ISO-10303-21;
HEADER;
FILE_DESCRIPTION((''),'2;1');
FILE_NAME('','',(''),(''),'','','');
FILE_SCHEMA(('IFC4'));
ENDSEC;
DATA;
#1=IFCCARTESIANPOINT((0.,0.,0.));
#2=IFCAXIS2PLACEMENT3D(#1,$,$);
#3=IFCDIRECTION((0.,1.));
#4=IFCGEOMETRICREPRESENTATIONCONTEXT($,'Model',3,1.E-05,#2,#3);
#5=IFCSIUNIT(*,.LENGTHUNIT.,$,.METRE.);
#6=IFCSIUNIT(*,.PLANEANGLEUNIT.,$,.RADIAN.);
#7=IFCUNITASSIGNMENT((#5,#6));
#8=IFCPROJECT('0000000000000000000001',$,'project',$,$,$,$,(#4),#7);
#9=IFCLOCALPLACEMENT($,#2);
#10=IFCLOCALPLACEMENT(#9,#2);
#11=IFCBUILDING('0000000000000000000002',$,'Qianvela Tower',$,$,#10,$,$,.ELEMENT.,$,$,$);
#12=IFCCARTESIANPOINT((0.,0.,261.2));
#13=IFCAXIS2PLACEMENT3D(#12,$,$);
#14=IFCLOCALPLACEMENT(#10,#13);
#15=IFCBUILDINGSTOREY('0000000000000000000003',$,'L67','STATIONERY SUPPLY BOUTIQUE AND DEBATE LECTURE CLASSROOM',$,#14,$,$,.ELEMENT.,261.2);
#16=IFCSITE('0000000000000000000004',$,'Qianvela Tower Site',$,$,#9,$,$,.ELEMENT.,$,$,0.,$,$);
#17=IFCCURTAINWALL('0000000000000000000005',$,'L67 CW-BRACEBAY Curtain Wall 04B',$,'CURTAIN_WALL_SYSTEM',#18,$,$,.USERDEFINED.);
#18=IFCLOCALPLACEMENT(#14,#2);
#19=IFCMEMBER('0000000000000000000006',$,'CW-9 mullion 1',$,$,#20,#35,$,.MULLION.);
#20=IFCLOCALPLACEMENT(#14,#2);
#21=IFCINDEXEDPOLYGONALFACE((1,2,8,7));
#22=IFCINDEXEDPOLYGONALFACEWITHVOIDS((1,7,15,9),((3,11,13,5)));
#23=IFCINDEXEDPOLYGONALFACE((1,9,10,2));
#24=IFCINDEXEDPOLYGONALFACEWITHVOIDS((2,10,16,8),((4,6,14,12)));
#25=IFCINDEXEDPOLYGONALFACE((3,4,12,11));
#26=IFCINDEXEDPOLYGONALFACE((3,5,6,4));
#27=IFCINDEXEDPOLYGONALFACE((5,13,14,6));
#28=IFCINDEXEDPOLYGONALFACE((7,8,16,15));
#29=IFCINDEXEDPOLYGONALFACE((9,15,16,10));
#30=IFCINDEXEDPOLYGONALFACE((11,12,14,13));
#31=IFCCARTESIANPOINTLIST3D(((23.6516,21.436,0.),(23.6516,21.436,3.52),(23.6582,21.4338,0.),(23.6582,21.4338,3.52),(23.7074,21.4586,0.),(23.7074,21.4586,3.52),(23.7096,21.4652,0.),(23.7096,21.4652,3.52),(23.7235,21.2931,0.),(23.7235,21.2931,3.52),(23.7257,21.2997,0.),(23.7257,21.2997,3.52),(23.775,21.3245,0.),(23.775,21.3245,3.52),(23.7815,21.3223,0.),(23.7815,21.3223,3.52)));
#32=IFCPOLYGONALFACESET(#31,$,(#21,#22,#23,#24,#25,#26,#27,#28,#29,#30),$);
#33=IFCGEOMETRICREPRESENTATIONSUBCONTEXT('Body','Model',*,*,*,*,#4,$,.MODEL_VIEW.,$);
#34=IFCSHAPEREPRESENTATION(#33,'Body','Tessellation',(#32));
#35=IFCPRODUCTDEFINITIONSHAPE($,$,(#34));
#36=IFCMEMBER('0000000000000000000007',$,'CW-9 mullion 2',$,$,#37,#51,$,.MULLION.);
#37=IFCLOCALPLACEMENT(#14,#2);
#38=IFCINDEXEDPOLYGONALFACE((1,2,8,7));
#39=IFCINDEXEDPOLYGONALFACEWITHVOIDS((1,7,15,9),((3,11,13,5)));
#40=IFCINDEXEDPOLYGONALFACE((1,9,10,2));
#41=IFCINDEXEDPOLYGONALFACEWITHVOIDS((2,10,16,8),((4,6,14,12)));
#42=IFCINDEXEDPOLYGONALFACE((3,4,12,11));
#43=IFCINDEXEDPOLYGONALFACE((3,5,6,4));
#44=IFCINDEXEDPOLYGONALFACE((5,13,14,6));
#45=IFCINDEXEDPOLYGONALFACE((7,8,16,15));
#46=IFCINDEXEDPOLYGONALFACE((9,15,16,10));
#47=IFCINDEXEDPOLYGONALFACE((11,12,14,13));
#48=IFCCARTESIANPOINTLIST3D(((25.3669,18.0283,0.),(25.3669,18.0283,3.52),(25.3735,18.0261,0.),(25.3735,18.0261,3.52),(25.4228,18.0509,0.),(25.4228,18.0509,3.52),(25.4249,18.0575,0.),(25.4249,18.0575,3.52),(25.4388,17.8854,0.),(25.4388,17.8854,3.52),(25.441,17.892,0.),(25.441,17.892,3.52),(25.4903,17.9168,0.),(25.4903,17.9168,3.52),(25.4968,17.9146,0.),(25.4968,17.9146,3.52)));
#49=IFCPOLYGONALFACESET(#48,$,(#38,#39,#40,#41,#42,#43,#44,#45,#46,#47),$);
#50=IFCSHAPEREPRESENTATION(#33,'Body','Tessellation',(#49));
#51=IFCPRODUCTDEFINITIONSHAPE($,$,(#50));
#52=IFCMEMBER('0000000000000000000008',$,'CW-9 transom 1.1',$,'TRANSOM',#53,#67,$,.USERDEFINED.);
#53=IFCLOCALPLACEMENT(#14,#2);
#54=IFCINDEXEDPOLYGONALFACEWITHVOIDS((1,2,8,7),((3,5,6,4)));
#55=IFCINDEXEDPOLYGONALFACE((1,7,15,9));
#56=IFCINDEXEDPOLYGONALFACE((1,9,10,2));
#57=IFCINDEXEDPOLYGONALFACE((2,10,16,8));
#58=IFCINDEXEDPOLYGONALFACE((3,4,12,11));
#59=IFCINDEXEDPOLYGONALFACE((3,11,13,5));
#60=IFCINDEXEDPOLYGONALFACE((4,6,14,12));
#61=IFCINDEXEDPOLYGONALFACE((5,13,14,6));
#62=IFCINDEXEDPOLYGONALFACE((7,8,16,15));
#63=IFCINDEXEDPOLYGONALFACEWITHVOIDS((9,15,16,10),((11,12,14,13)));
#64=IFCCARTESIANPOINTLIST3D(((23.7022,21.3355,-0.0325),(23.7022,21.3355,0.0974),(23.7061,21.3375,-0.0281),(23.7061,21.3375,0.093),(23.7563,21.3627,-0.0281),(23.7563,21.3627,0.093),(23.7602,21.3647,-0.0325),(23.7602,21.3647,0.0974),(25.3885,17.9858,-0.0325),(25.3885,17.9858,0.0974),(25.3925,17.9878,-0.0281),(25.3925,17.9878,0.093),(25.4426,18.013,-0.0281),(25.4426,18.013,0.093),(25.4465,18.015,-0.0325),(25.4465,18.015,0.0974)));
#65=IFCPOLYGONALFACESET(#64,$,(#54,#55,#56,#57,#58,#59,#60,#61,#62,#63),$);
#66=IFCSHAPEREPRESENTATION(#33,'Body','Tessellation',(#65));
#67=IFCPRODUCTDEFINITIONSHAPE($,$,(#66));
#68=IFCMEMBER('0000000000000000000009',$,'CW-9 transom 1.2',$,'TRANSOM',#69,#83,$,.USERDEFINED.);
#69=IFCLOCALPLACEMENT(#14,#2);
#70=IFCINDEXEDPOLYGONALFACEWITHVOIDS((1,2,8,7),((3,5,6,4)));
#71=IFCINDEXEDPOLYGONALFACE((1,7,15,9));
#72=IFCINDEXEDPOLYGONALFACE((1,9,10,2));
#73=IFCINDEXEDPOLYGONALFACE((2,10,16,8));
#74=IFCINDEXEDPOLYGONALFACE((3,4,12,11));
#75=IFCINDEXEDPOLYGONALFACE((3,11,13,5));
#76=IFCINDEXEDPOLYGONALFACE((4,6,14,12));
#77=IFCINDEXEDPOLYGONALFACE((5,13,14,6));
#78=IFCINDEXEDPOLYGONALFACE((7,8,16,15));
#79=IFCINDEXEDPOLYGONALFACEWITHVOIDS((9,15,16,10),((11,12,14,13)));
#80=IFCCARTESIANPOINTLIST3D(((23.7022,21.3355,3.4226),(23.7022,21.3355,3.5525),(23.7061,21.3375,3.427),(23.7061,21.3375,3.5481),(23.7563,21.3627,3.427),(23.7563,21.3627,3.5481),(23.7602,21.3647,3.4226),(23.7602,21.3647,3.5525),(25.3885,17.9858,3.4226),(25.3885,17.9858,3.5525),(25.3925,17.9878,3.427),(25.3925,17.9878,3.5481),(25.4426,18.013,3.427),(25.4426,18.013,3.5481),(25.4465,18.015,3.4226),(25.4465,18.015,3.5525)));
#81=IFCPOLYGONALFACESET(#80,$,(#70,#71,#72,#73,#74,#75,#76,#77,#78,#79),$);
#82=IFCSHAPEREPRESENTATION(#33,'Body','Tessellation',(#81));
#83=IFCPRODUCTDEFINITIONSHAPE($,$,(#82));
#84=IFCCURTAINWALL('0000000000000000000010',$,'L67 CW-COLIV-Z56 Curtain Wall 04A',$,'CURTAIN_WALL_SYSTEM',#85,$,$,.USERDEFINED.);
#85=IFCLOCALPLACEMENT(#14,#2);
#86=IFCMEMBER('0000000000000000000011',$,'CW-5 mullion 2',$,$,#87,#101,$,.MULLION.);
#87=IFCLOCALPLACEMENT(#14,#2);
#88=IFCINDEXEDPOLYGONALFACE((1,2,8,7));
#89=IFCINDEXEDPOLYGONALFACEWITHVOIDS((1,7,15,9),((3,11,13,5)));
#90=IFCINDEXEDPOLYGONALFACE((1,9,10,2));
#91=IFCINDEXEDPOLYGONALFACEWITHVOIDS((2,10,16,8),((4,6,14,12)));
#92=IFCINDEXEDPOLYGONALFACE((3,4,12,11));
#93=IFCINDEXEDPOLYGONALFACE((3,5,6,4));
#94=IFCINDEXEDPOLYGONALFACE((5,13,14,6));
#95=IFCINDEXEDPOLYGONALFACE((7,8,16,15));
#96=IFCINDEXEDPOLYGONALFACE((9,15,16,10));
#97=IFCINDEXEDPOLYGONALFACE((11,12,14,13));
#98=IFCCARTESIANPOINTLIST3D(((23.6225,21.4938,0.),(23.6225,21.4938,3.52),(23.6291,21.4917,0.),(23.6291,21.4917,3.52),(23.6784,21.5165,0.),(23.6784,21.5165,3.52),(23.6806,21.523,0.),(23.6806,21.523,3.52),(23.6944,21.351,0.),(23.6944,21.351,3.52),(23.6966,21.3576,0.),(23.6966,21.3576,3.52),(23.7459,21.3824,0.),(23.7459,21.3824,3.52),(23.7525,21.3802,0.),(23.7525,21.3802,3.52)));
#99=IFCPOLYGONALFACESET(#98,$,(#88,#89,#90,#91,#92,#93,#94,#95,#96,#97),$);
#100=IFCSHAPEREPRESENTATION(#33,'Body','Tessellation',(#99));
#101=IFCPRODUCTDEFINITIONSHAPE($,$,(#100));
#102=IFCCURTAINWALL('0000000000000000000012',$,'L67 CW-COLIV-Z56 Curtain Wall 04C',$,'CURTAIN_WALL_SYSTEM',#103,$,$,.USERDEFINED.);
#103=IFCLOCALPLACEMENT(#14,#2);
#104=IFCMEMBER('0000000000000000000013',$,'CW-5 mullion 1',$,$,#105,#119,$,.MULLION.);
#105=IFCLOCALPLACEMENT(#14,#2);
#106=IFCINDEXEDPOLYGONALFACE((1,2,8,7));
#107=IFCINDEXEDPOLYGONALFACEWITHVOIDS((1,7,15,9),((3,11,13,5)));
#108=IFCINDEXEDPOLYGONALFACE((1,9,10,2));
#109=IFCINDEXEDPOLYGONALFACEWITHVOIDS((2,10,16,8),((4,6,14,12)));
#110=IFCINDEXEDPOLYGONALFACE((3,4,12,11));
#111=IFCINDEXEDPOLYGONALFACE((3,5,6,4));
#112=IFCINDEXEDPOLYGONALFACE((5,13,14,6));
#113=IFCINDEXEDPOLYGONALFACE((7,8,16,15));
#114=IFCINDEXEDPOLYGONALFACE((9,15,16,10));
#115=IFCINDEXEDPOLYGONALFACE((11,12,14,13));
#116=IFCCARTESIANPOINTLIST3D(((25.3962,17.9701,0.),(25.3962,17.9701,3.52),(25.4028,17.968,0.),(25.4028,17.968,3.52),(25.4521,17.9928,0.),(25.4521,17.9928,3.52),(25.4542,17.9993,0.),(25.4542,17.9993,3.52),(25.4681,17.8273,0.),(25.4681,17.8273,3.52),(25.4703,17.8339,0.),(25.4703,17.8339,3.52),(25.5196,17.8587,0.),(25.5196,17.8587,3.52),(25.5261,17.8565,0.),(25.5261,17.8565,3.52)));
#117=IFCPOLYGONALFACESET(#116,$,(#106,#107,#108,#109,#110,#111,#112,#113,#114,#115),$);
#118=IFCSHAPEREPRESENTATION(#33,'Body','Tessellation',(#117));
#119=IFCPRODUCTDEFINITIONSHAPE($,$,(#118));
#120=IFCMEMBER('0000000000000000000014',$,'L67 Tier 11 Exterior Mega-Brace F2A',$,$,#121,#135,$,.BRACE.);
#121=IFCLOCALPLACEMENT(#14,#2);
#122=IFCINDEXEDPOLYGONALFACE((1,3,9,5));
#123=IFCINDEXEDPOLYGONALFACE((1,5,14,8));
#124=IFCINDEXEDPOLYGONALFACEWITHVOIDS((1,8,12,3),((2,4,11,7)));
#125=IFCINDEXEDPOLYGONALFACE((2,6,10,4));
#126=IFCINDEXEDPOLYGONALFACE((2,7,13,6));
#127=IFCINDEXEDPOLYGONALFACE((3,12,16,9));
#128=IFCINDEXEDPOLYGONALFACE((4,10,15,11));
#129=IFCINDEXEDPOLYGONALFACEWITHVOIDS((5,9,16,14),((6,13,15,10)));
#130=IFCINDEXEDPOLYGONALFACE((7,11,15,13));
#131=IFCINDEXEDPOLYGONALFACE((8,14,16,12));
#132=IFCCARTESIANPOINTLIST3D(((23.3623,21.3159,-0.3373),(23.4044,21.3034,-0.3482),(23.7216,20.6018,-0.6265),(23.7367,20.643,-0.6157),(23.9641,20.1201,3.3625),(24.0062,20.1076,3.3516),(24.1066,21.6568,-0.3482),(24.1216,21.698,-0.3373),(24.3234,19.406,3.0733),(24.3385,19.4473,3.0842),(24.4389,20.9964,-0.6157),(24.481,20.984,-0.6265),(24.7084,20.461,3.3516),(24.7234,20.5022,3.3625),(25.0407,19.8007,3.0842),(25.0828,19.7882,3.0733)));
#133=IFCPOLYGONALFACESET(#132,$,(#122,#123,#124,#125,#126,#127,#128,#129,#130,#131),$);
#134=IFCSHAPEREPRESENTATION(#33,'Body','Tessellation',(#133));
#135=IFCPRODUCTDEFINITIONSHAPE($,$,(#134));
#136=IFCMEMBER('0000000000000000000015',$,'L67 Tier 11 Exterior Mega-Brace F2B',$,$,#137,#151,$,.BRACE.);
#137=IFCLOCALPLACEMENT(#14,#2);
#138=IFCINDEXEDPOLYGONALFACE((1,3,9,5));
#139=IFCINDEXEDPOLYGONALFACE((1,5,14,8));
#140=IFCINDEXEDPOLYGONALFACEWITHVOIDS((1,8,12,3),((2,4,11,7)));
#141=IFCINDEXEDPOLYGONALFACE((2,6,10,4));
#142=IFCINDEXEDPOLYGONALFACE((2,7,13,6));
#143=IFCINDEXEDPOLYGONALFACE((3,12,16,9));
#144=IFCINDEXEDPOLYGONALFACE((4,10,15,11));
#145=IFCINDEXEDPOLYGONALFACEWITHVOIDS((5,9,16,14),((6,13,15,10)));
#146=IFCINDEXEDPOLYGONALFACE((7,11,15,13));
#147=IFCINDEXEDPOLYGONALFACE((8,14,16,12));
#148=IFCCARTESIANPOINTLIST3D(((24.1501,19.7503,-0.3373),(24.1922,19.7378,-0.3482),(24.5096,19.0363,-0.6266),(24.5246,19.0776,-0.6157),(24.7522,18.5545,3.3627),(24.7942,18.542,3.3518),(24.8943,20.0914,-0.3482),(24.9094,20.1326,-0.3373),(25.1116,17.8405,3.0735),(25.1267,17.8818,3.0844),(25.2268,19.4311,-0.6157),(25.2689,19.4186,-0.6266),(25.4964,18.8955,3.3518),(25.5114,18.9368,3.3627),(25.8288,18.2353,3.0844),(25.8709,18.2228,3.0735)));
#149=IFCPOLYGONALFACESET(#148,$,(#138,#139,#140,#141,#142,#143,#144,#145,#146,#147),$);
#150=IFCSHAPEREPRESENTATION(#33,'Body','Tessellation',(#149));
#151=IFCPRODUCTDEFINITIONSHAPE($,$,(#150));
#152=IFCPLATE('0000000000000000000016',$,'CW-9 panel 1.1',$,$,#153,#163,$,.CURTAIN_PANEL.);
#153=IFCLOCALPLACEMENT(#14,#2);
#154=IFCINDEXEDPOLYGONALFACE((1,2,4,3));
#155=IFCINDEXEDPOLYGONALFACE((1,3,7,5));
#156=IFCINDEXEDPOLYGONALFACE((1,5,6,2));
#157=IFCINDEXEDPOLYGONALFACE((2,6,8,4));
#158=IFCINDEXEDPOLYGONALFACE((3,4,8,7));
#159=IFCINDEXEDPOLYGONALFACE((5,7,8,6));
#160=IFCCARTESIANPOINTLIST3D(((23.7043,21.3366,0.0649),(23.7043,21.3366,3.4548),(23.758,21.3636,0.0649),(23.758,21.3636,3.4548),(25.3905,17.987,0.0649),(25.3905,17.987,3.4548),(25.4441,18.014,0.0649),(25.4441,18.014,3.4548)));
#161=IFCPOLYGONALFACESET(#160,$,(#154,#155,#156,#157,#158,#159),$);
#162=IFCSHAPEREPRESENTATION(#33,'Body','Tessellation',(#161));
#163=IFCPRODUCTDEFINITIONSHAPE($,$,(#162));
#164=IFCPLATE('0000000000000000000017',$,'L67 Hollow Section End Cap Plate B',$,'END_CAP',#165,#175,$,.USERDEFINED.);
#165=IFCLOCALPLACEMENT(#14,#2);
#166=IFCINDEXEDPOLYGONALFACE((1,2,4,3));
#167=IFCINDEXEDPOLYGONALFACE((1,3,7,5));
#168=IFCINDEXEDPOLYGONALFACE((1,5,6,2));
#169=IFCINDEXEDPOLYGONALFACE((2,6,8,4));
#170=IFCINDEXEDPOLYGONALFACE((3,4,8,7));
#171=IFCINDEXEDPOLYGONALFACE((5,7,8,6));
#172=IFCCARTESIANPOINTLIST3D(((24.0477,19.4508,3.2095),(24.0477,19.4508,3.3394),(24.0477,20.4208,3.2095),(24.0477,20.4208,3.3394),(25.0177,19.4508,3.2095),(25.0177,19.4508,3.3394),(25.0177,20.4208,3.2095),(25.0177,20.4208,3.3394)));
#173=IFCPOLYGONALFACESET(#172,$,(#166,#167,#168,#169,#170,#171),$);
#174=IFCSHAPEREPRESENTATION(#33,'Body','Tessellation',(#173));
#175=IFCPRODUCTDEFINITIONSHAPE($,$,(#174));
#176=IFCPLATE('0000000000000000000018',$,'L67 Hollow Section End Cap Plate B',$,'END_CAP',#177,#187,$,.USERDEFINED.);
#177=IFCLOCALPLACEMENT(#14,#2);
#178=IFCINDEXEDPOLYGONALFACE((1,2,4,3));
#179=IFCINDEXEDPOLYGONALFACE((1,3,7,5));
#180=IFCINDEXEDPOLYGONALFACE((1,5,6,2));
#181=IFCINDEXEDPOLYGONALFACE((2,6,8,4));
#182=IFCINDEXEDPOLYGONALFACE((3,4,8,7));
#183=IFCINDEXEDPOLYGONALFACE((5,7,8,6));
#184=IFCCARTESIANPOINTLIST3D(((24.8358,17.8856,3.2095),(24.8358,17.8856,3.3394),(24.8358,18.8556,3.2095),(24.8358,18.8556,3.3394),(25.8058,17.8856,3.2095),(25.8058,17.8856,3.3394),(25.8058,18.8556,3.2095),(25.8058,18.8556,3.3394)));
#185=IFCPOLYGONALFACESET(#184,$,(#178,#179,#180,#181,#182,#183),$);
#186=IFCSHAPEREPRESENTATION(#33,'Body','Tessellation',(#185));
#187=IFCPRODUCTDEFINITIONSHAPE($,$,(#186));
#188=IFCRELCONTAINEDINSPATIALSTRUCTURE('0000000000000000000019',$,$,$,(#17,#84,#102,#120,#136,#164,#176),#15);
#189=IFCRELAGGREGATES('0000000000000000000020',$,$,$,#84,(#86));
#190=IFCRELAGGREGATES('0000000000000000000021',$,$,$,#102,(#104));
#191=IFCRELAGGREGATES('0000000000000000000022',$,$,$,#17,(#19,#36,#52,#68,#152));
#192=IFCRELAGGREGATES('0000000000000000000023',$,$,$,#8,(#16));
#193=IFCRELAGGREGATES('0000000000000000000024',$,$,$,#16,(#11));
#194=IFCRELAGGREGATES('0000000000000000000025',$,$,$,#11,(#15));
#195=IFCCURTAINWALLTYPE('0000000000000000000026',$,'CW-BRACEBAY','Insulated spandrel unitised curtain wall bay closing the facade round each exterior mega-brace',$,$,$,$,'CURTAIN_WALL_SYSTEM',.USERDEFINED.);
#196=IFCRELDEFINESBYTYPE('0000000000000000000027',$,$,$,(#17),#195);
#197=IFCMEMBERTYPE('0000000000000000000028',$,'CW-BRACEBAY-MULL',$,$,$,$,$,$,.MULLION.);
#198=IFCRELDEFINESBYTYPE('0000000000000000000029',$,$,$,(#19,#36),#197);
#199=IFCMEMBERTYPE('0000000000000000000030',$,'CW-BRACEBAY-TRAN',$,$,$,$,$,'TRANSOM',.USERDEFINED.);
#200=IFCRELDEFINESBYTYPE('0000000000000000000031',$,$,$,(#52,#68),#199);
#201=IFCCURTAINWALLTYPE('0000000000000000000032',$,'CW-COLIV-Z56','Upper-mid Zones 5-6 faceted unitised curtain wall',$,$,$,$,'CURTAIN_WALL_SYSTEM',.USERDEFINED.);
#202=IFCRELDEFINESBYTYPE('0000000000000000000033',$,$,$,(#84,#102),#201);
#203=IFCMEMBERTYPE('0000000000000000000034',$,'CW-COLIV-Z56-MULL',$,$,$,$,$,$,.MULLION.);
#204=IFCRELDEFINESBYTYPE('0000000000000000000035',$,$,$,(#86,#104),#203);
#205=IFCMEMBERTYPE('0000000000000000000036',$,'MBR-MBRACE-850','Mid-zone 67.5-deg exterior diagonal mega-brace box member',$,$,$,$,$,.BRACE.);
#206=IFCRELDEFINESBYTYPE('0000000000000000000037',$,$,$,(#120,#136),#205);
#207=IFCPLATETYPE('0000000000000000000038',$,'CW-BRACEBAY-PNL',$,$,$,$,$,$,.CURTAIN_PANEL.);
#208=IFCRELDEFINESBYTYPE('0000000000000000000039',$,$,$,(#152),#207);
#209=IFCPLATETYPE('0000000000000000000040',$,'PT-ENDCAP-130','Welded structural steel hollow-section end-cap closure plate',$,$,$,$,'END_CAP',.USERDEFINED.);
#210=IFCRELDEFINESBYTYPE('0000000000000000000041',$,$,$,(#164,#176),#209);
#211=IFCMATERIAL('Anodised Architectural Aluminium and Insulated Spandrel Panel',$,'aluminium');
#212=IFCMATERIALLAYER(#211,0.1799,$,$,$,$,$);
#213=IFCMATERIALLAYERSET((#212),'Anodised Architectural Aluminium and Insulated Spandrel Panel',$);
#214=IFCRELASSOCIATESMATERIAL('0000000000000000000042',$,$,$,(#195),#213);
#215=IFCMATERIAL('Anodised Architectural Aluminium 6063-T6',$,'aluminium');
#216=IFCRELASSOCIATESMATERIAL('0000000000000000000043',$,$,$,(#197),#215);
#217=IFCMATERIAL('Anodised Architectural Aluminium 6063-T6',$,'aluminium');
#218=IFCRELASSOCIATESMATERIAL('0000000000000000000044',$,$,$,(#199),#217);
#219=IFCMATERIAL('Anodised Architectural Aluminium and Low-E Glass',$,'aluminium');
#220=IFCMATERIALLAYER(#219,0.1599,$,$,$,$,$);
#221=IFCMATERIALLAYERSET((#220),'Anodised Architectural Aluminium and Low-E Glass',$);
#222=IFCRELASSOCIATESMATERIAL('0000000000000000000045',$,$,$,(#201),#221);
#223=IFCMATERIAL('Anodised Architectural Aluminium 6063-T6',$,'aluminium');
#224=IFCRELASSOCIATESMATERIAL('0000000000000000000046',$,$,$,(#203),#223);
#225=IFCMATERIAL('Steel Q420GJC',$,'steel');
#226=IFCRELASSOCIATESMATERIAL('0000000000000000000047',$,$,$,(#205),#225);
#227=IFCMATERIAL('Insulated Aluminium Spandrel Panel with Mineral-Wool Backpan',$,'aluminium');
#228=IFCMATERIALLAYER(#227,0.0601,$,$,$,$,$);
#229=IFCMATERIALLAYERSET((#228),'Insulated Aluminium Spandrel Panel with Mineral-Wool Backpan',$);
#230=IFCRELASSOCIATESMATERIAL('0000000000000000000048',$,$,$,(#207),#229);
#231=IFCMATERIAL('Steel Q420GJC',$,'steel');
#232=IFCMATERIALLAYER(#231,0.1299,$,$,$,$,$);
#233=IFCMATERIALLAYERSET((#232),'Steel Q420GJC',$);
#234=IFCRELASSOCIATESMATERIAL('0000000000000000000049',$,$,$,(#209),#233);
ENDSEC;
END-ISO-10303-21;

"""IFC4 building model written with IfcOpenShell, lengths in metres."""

from ifc_helpers import new_model, si_unit, direction, frame, origin, origin_2d, place, context, subcontext, project, spatial, rectangle, hollow_rectangle, extrude, material, layer, layer_set, material_profile, profile_set, type_object, element, aggregate, save


model = new_model("IFC4")

# Units and contexts
model_context = context("Model", 3, precision=1e-05, world=origin(), true_north=direction((0.0, 1.0)))
body_context = subcontext(model_context, "Body", "Model", "MODEL_VIEW")
ifc_project = project(units=[si_unit("LENGTHUNIT", "METRE"), si_unit("PLANEANGLEUNIT", "RADIAN")], contexts=[model_context])

# Site, building, storey
site_placement = place(None, origin())
site = spatial("IfcSite", under=ifc_project, at=site_placement, Name="Qianvela Tower Site", CompositionType="ELEMENT", RefElevation=0.0)
building_placement = place(site_placement, origin())
building = spatial("IfcBuilding", under=site, at=building_placement, Name="Qianvela Tower", CompositionType="ELEMENT")
storey_placement = place(building_placement, frame((0.0, 0.0, 261.2)))
storey = spatial("IfcBuildingStorey", under=building, at=storey_placement, Name="L67", Description="STATIONERY SUPPLY BOUTIQUE AND DEBATE LECTURE CLASSROOM", CompositionType="ELEMENT", Elevation=261.2)

# Curtain wall, members
ifc_material_1 = material(Name="Anodised Architectural Aluminium and Insulated Spandrel Panel", Category="aluminium")
ifc_layer_1 = layer(ifc_material_1, 0.1799)
ifc_layer_set_1 = layer_set([ifc_layer_1], Name="Anodised Architectural Aluminium and Insulated Spandrel Panel")
curtain_wall_type_1 = type_object("IfcCurtainWallType", Name="CW-BRACEBAY", Description="Insulated spandrel unitised curtain wall bay closing the facade round each exterior mega-brace", ElementType="CURTAIN_WALL_SYSTEM", PredefinedType="USERDEFINED", material=ifc_layer_set_1)
curtain_wall_1_placement = place(storey_placement, origin())
curtain_wall_1 = element("IfcCurtainWall", 1, at=curtain_wall_1_placement, inside=storey, type_object=curtain_wall_type_1, Name="L67 CW-BRACEBAY Curtain Wall 04B", ObjectType="CURTAIN_WALL_SYSTEM", PredefinedType="USERDEFINED")
ifc_material_2 = material(Name="Anodised Architectural Aluminium 6063-T6", Category="aluminium")
ifc_material_profile_1 = material_profile(ifc_material_2, hollow_rectangle(XDim=0.0649, YDim=0.1599, WallThickness=0.0049, at=origin_2d()), Name="ALU-MULL-65x160")
ifc_profile_set_1 = profile_set([ifc_material_profile_1], Name="Anodised Architectural Aluminium 6063-T6")
member_type_1 = type_object("IfcMemberType", Name="CW-BRACEBAY-MULL", PredefinedType="MULLION", material=ifc_profile_set_1)
member_1_placement = place(storey_placement, frame((23.7166, 21.3792, 0.0), z_axis=(0.0, 0.0, 1.0), x_axis=(0.893213, 0.449635, 0.0)))
member_1 = element("IfcMember", 2, at=member_1_placement, type_object=member_type_1, Name="CW-9 mullion 1", PredefinedType="MULLION", context=body_context, shape_type="SweptSolid", body=[
    extrude(hollow_rectangle(XDim=0.0649, YDim=0.1599, WallThickness=0.0049, at=origin_2d()), origin(), (0.0, 0.0, 1.0), 3.52),
])
member_2_placement = place(storey_placement, frame((25.4319, 17.9714, 0.0), z_axis=(0.0, 0.0, 1.0), x_axis=(0.893213, 0.449635, 0.0)))
member_2 = element("IfcMember", 3, at=member_2_placement, type_object=member_type_1, Name="CW-9 mullion 2", PredefinedType="MULLION", context=body_context, shape_type="SweptSolid", body=[
    extrude(hollow_rectangle(XDim=0.0649, YDim=0.1599, WallThickness=0.0049, at=origin_2d()), origin(), (0.0, 0.0, 1.0), 3.52),
])
ifc_material_3 = material(Name="Anodised Architectural Aluminium 6063-T6", Category="aluminium")
ifc_material_profile_2 = material_profile(ifc_material_3, hollow_rectangle(XDim=0.0649, YDim=0.1299, WallThickness=0.0044, at=origin_2d()), Name="ALU-TRAN-65x130")
ifc_profile_set_2 = profile_set([ifc_material_profile_2], Name="Anodised Architectural Aluminium 6063-T6")
member_type_2 = type_object("IfcMemberType", Name="CW-BRACEBAY-TRAN", ElementType="TRANSOM", PredefinedType="USERDEFINED", material=ifc_profile_set_2)
member_3_placement = place(storey_placement, frame((23.7312, 21.3501, 0.0325), z_axis=(0.44966, -0.8932, 0.0), x_axis=(0.8932, 0.44966, 0.0)))
member_3 = element("IfcMember", 4, at=member_3_placement, type_object=member_type_2, Name="CW-9 transom 1.1", ObjectType="TRANSOM", PredefinedType="USERDEFINED", context=body_context, shape_type="SweptSolid", body=[
    extrude(hollow_rectangle(XDim=0.0649, YDim=0.1299, WallThickness=0.0044, at=origin_2d()), origin(), (0.0, 0.0, 1.0), 3.7502),
])
member_4_placement = place(storey_placement, frame((23.7312, 21.3501, 3.4875), z_axis=(0.44966, -0.8932, 0.0), x_axis=(0.8932, 0.44966, 0.0)))
member_4 = element("IfcMember", 5, at=member_4_placement, type_object=member_type_2, Name="CW-9 transom 1.2", ObjectType="TRANSOM", PredefinedType="USERDEFINED", context=body_context, shape_type="SweptSolid", body=[
    extrude(hollow_rectangle(XDim=0.0649, YDim=0.1299, WallThickness=0.0044, at=origin_2d()), origin(), (0.0, 0.0, 1.0), 3.7502),
])

# Curtain walls, members
ifc_material_4 = material(Name="Anodised Architectural Aluminium and Low-E Glass", Category="aluminium")
ifc_layer_2 = layer(ifc_material_4, 0.1599)
ifc_layer_set_2 = layer_set([ifc_layer_2], Name="Anodised Architectural Aluminium and Low-E Glass")
curtain_wall_type_2 = type_object("IfcCurtainWallType", Name="CW-COLIV-Z56", Description="Upper-mid Zones 5-6 faceted unitised curtain wall", ElementType="CURTAIN_WALL_SYSTEM", PredefinedType="USERDEFINED", material=ifc_layer_set_2)
curtain_wall_2_placement = place(storey_placement, origin())
curtain_wall_2 = element("IfcCurtainWall", 6, at=curtain_wall_2_placement, inside=storey, type_object=curtain_wall_type_2, Name="L67 CW-COLIV-Z56 Curtain Wall 04A", ObjectType="CURTAIN_WALL_SYSTEM", PredefinedType="USERDEFINED")
ifc_material_5 = material(Name="Anodised Architectural Aluminium 6063-T6", Category="aluminium")
ifc_material_profile_3 = material_profile(ifc_material_5, hollow_rectangle(XDim=0.0649, YDim=0.1599, WallThickness=0.0049, at=origin_2d()), Name="ALU-MULL-65x160")
ifc_profile_set_3 = profile_set([ifc_material_profile_3], Name="Anodised Architectural Aluminium 6063-T6")
member_type_3 = type_object("IfcMemberType", Name="CW-COLIV-Z56-MULL", PredefinedType="MULLION", material=ifc_profile_set_3)
member_5_placement = place(storey_placement, frame((23.6875, 21.437, 0.0), z_axis=(0.0, 0.0, 1.0), x_axis=(0.893216, 0.449628, 0.0)))
member_5 = element("IfcMember", 7, at=member_5_placement, type_object=member_type_3, Name="CW-5 mullion 2", PredefinedType="MULLION", context=body_context, shape_type="SweptSolid", body=[
    extrude(hollow_rectangle(XDim=0.0649, YDim=0.1599, WallThickness=0.0049, at=origin_2d()), origin(), (0.0, 0.0, 1.0), 3.52),
])
aggregate(curtain_wall_2, [member_5])
curtain_wall_3_placement = place(storey_placement, origin())
curtain_wall_3 = element("IfcCurtainWall", 8, at=curtain_wall_3_placement, inside=storey, type_object=curtain_wall_type_2, Name="L67 CW-COLIV-Z56 Curtain Wall 04C", ObjectType="CURTAIN_WALL_SYSTEM", PredefinedType="USERDEFINED")
member_6_placement = place(storey_placement, frame((25.4612, 17.9133, 0.0), z_axis=(0.0, 0.0, 1.0), x_axis=(0.893215, 0.449629, 0.0)))
member_6 = element("IfcMember", 9, at=member_6_placement, type_object=member_type_3, Name="CW-5 mullion 1", PredefinedType="MULLION", context=body_context, shape_type="SweptSolid", body=[
    extrude(hollow_rectangle(XDim=0.0649, YDim=0.1599, WallThickness=0.0049, at=origin_2d()), origin(), (0.0, 0.0, 1.0), 3.52),
])
aggregate(curtain_wall_3, [member_6])

# Members
ifc_material_6 = material(Name="Steel Q420GJC", Category="steel")
ifc_material_profile_4 = material_profile(ifc_material_6, hollow_rectangle(XDim=0.8501, YDim=0.8501, WallThickness=0.032, at=origin_2d()), Name="MBOX-850x850x32")
ifc_profile_set_4 = profile_set([ifc_material_profile_4], Name="Steel Q420GJC")
member_type_4 = type_object("IfcMemberType", Name="MBR-MBRACE-850", Description="Mid-zone 67.5-deg exterior diagonal mega-brace box member", PredefinedType="BRACE", material=ifc_profile_set_4)
member_7_placement = place(storey_placement, frame((23.9216, 21.1499, -0.4819), z_axis=(0.152949, -0.303913, 0.940342), x_axis=(0.893257, 0.449546, 0.0)))
element("IfcMember", 10, at=member_7_placement, inside=storey, type_object=member_type_4, Name="L67 Tier 11 Exterior Mega-Brace F2A", PredefinedType="BRACE", context=body_context, shape_type="SweptSolid", body=[
    extrude(hollow_rectangle(XDim=0.8501, YDim=0.8501, WallThickness=0.032, at=origin_2d()), origin(), (0.0, 0.0, 1.0), 3.9346),
])
member_8_placement = place(storey_placement, frame((24.7095, 19.5845, -0.4819), z_axis=(0.15301, -0.30391, 0.940333), x_axis=(0.893184, 0.449692, 0.0)))
element("IfcMember", 11, at=member_8_placement, inside=storey, type_object=member_type_4, Name="L67 Tier 11 Exterior Mega-Brace F2B", PredefinedType="BRACE", context=body_context, shape_type="SweptSolid", body=[
    extrude(hollow_rectangle(XDim=0.8501, YDim=0.8501, WallThickness=0.032, at=origin_2d()), origin(), (0.0, 0.0, 1.0), 3.9348),
])

# Plate
ifc_material_7 = material(Name="Insulated Aluminium Spandrel Panel with Mineral-Wool Backpan", Category="aluminium")
ifc_layer_3 = layer(ifc_material_7, 0.0601)
ifc_layer_set_3 = layer_set([ifc_layer_3], Name="Insulated Aluminium Spandrel Panel with Mineral-Wool Backpan")
plate_type_1 = type_object("IfcPlateType", Name="CW-BRACEBAY-PNL", PredefinedType="CURTAIN_PANEL", material=ifc_layer_set_3)
plate_placement = place(storey_placement, frame((24.5742, 19.6753, 0.0649), z_axis=(0.0, 0.0, 1.0), x_axis=(0.449635, -0.893213, 0.0)))
plate = element("IfcPlate", 12, at=plate_placement, type_object=plate_type_1, Name="CW-9 panel 1.1", PredefinedType="CURTAIN_PANEL", context=body_context, shape_type="SweptSolid", body=[
    extrude(rectangle(XDim=3.75, YDim=0.0601, at=origin_2d()), origin(), (0.0, 0.0, 1.0), 3.3899),
])
aggregate(curtain_wall_1, [member_1, member_2, member_3, member_4, plate])

# Plates
ifc_material_8 = material(Name="Steel Q420GJC", Category="steel")
ifc_layer_4 = layer(ifc_material_8, 0.1299)
ifc_layer_set_4 = layer_set([ifc_layer_4], Name="Steel Q420GJC")
plate_type_2 = type_object("IfcPlateType", Name="PT-ENDCAP-130", Description="Welded structural steel hollow-section end-cap closure plate", ElementType="END_CAP", PredefinedType="USERDEFINED", material=ifc_layer_set_4)
for number, where, z_axis, x_axis, name in (
    (13, (24.5327, 19.9358, 3.2095), (0.0, 0.0, 1.0), (1.0, 0.0, 0.0), "L67 Hollow Section End Cap Plate B"),
    (14, (25.3208, 18.3706, 3.2095), (0.0, 0.0, 1.0), (1.0, 0.0, 0.0), "L67 Hollow Section End Cap Plate B"),
):
    element("IfcPlate", number, at=place(storey_placement, frame(where, z_axis=z_axis, x_axis=x_axis)), inside=storey, type_object=plate_type_2, Name=name, ObjectType="END_CAP", PredefinedType="USERDEFINED", context=body_context, shape_type="SweptSolid", body=[
        extrude(rectangle(XDim=0.97, YDim=0.97, at=origin_2d()), origin(), (0.0, 0.0, 1.0), 0.1299),
    ])

save(model, "model.ifc")
